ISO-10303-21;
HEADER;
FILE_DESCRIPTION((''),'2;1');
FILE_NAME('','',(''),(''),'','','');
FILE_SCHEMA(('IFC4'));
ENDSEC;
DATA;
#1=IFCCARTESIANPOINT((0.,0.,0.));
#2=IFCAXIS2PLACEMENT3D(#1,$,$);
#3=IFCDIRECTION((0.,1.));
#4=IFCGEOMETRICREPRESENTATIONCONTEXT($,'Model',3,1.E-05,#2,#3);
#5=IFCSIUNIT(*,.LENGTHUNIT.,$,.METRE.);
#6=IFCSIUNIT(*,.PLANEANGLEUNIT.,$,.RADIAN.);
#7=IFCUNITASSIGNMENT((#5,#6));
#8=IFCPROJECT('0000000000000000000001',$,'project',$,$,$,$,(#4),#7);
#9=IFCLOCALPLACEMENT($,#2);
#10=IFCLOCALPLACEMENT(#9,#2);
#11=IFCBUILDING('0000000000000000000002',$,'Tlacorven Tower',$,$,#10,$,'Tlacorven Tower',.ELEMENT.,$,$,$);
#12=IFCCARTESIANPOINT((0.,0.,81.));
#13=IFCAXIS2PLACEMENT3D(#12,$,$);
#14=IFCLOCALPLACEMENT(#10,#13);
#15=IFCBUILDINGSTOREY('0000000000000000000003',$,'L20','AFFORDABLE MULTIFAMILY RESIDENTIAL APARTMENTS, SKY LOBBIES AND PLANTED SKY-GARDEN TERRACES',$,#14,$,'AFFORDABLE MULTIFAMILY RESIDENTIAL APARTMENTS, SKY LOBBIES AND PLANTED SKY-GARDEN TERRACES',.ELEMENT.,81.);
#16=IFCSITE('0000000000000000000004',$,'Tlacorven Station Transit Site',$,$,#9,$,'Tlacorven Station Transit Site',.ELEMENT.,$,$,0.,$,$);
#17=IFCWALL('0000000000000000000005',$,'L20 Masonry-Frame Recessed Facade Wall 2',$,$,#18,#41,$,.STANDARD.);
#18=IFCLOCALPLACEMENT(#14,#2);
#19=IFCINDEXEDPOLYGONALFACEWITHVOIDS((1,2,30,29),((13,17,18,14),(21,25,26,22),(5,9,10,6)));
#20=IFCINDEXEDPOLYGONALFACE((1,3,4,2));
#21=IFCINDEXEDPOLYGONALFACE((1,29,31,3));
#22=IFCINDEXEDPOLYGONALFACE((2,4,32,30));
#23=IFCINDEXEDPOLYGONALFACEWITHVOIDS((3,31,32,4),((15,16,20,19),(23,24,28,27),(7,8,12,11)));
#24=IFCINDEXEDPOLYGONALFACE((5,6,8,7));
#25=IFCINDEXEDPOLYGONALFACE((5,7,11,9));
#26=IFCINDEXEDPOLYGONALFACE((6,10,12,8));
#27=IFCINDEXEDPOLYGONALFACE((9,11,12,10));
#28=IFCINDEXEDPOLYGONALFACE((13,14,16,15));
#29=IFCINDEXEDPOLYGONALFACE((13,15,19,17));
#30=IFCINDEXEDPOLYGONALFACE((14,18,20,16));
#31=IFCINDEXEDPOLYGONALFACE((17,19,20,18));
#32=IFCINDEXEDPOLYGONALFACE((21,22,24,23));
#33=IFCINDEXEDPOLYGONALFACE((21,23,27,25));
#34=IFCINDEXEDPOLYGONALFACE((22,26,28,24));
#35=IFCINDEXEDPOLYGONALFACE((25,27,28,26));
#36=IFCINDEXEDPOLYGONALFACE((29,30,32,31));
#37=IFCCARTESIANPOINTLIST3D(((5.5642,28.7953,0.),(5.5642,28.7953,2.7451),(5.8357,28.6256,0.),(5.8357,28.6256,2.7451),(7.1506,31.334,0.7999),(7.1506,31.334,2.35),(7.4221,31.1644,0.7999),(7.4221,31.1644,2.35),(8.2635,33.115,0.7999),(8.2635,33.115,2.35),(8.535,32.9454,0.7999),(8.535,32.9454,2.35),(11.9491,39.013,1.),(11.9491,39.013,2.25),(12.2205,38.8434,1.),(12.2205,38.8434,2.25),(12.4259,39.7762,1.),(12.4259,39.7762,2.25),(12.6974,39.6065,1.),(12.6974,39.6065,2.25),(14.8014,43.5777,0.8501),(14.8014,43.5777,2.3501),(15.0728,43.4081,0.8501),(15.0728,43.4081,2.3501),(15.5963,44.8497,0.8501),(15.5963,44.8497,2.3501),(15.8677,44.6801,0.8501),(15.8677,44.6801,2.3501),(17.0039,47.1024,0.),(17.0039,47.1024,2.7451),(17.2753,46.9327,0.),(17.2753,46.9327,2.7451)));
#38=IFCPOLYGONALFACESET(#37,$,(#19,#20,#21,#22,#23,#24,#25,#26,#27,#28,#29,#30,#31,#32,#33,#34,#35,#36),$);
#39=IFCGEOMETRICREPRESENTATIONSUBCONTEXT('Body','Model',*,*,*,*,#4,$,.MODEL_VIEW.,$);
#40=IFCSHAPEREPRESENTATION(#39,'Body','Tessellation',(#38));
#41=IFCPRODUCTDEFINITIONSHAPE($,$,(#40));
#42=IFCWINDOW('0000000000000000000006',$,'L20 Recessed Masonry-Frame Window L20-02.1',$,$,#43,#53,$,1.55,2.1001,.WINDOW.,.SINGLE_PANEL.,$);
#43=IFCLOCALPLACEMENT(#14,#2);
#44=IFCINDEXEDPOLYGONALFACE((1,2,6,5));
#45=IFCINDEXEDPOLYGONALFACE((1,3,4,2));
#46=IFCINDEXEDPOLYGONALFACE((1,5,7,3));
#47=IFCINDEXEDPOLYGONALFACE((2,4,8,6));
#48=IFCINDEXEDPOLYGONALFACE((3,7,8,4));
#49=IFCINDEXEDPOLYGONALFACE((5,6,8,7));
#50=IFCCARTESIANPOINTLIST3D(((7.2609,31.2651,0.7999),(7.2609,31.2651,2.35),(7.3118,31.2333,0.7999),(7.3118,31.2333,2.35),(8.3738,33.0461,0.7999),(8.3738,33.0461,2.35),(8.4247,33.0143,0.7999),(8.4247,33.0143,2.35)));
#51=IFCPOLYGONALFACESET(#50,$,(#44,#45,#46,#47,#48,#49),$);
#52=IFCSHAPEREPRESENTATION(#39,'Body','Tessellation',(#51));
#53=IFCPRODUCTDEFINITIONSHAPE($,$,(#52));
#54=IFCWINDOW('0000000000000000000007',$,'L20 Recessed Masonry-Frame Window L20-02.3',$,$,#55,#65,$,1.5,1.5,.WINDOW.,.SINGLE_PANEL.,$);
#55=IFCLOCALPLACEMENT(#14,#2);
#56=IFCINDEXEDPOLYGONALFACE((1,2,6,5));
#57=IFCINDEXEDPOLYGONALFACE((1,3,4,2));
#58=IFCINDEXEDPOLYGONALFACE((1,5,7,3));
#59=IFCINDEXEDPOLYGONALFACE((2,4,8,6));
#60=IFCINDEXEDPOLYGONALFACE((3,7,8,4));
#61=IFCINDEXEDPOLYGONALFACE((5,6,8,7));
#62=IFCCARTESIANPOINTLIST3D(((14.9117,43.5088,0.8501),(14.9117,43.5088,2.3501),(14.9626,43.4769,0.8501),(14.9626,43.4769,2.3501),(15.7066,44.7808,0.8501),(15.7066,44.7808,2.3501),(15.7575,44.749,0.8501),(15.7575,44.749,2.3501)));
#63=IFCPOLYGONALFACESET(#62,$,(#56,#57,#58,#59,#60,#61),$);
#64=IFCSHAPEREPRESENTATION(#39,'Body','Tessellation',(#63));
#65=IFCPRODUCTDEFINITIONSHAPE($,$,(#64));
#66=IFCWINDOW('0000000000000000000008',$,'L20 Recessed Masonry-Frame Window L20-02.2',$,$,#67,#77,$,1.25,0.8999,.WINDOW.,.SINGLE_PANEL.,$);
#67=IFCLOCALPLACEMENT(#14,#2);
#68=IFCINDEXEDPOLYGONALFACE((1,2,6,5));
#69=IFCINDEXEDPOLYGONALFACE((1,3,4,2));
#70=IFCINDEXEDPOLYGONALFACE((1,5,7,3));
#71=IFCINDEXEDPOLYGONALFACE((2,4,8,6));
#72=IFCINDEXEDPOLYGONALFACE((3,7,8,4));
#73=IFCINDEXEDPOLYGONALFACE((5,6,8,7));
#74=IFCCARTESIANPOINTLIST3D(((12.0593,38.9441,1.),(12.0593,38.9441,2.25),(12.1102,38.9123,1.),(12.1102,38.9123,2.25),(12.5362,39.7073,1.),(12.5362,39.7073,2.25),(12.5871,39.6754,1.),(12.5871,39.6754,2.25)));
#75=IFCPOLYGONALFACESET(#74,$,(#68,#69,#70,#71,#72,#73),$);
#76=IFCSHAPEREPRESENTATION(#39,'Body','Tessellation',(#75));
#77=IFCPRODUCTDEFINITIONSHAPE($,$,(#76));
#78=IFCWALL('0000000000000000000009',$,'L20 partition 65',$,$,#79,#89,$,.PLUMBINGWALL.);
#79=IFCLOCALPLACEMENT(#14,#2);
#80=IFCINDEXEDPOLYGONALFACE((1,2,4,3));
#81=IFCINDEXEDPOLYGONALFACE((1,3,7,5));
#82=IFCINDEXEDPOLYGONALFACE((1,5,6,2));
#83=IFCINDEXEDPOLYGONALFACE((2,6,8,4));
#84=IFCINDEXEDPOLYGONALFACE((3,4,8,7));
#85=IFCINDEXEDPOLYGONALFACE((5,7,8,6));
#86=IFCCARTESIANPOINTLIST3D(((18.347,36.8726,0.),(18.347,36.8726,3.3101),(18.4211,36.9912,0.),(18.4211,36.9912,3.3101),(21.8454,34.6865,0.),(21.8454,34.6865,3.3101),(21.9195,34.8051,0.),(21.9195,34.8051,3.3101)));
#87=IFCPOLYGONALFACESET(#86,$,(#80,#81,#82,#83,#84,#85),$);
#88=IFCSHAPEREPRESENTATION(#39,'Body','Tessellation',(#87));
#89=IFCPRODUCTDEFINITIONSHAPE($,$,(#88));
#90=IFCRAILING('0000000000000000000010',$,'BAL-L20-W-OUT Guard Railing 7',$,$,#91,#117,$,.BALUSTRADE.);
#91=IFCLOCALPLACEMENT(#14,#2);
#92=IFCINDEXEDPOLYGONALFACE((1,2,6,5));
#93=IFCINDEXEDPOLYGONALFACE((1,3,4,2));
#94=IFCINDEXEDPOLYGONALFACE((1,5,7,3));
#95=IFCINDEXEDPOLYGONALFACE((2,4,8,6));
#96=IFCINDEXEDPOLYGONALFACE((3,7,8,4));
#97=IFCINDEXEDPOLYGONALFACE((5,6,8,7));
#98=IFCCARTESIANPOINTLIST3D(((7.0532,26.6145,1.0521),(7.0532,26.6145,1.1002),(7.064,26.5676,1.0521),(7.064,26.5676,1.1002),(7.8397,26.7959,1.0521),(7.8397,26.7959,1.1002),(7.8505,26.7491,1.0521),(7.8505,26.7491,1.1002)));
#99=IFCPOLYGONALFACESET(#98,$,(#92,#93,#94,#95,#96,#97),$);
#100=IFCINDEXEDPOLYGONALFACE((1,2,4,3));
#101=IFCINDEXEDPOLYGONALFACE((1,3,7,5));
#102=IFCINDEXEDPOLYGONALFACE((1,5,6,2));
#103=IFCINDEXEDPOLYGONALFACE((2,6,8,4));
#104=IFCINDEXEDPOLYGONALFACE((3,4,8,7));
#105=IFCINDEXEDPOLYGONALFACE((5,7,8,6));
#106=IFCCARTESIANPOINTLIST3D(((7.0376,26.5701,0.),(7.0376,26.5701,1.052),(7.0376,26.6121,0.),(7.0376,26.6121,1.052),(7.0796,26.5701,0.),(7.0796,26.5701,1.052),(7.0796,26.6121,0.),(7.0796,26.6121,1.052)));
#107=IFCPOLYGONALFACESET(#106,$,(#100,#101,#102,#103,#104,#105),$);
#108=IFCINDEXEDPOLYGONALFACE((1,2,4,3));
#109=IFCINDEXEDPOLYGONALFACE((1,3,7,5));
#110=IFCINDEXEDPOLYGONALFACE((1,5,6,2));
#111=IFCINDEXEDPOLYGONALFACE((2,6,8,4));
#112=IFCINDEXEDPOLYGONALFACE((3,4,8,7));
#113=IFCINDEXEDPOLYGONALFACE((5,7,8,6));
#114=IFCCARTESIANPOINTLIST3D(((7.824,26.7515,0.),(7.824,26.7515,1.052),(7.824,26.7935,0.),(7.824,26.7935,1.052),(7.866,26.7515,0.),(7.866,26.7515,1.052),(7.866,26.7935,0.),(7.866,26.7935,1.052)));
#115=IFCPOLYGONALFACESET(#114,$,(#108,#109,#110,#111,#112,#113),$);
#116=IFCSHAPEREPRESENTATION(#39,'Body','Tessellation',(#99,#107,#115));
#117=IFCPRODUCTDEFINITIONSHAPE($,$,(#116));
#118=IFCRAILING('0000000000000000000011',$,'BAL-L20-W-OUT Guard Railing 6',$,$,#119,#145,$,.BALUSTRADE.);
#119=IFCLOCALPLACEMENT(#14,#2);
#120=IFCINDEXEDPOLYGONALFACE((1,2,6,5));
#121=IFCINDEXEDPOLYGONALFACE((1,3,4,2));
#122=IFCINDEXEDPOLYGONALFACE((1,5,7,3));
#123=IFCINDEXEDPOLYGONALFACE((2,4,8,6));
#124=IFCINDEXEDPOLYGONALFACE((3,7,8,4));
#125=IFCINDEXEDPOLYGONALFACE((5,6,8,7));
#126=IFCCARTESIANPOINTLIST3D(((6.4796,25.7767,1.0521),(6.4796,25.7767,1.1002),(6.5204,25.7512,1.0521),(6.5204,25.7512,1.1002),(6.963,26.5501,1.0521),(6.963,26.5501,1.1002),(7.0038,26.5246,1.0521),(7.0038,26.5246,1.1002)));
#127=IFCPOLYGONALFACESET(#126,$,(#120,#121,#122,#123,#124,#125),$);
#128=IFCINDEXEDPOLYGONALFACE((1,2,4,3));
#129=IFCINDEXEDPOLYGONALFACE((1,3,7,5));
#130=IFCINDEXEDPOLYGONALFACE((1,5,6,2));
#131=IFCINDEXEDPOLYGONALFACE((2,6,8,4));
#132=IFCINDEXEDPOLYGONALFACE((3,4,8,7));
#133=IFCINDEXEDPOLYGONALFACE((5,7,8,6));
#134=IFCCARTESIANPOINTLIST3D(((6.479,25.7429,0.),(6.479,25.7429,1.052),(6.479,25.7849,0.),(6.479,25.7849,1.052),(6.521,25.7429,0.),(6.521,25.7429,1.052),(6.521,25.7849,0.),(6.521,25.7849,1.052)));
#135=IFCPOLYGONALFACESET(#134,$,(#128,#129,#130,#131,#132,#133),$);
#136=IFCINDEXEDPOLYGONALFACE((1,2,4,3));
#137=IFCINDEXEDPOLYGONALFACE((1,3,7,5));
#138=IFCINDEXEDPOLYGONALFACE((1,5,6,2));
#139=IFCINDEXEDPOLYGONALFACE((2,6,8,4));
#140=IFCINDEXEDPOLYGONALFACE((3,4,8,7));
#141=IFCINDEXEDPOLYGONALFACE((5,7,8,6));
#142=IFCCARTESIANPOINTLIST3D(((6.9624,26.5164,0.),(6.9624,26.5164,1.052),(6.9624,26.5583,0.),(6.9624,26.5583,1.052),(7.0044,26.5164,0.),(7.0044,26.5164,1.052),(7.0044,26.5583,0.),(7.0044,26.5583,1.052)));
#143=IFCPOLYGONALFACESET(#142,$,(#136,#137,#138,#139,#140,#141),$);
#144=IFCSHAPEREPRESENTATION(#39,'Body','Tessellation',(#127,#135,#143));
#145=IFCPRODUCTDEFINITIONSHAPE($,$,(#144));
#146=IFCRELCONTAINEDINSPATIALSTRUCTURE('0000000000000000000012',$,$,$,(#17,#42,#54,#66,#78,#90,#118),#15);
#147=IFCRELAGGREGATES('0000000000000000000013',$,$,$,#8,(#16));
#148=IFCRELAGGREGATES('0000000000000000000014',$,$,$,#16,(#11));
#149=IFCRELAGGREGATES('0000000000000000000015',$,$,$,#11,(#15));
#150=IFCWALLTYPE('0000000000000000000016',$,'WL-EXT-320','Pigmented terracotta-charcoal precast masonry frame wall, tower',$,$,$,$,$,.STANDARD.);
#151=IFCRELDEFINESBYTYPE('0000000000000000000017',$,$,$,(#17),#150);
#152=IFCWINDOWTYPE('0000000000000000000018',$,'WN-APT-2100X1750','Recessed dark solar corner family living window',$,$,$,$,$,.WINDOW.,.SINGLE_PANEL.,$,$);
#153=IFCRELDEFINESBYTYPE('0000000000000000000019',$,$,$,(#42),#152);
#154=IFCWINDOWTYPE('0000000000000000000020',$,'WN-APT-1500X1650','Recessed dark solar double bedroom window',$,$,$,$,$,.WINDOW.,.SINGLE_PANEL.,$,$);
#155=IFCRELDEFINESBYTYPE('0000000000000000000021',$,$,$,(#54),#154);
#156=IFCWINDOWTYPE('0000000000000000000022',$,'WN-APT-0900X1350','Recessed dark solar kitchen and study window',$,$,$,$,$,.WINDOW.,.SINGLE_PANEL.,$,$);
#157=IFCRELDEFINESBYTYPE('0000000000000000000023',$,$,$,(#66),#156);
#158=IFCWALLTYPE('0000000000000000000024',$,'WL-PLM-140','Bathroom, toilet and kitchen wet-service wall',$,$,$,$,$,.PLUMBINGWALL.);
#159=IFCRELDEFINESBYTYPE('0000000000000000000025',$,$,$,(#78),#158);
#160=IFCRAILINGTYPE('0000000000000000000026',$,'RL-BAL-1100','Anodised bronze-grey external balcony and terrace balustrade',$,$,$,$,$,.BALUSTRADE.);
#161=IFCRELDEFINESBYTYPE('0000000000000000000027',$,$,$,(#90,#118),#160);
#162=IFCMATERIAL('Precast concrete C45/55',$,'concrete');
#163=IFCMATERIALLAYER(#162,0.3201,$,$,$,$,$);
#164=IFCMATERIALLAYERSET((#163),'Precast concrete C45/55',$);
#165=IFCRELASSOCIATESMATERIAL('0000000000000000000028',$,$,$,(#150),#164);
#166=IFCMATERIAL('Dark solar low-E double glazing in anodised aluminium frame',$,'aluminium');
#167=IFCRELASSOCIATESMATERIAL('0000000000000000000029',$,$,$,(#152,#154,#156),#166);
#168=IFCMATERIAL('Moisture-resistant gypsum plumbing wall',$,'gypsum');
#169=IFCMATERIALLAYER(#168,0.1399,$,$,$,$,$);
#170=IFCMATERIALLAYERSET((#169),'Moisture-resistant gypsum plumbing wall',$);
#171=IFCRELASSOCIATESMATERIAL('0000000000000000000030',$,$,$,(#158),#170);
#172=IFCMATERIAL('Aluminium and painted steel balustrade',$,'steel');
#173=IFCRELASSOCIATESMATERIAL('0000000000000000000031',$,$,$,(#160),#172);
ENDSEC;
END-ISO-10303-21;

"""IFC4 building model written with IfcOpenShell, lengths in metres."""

from ifc_helpers import new_model, si_unit, direction, frame, frame_2d, origin, origin_2d, place, context, subcontext, project, spatial, rectangle, extrude, source, transform, mapped, material, layer, layer_set, type_object, element, fill, save


model = new_model("IFC4")

# Units and contexts
model_context = context("Model", 3, precision=1e-05, world=origin(), true_north=direction((0.0, 1.0)))
body_context = subcontext(model_context, "Body", "Model", "MODEL_VIEW")
ifc_project = project(units=[si_unit("LENGTHUNIT", "METRE"), si_unit("PLANEANGLEUNIT", "RADIAN")], contexts=[model_context])

# Site, building, storey
site_placement = place(None, origin())
site = spatial("IfcSite", under=ifc_project, at=site_placement, Name="Tlacorven Station Transit Site", LongName="Tlacorven Station Transit Site", CompositionType="ELEMENT", RefElevation=0.0)
building_placement = place(site_placement, origin())
building = spatial("IfcBuilding", under=site, at=building_placement, Name="Tlacorven Tower", LongName="Tlacorven Tower", CompositionType="ELEMENT")
storey_placement = place(building_placement, frame((0.0, 0.0, 81.0)))
storey = spatial("IfcBuildingStorey", under=building, at=storey_placement, Name="L20", Description="AFFORDABLE MULTIFAMILY RESIDENTIAL APARTMENTS, SKY LOBBIES AND PLANTED SKY-GARDEN TERRACES", LongName="AFFORDABLE MULTIFAMILY RESIDENTIAL APARTMENTS, SKY LOBBIES AND PLANTED SKY-GARDEN TERRACES", CompositionType="ELEMENT", Elevation=81.0)

# Wall, openings, windows
ifc_material_1 = material(Name="Precast concrete C45/55", Category="concrete")
ifc_layer_1 = layer(ifc_material_1, 0.3201)
ifc_layer_set_1 = layer_set([ifc_layer_1], Name="Precast concrete C45/55")
wall_type_1 = type_object("IfcWallType", Name="WL-EXT-320", Description="Pigmented terracotta-charcoal precast masonry frame wall, tower", PredefinedType="STANDARD", material=ifc_layer_set_1)
wall_1_placement = place(storey_placement, frame((5.7, 28.7104, 0.0), z_axis=(0.0, 0.0, 1.0), x_axis=(0.529924, 0.848045, 0.0)))
wall_1 = element("IfcWall", 1, at=wall_1_placement, inside=storey, type_object=wall_type_1, Name="L20 Masonry-Frame Recessed Facade Wall 2", PredefinedType="STANDARD", context=body_context, shape_type="SweptSolid", body=[
    extrude(rectangle(XDim=21.5874, YDim=0.3201, at=frame_2d((10.7937, 0.0))), origin(), (0.0, 0.0, 1.0), 2.7451),
])
opening_1_placement = place(wall_1_placement, frame((2.9937, 0.0, 0.8)))
opening_1 = element("IfcOpeningElement", 2, at=opening_1_placement, cuts=wall_1, PredefinedType="OPENING", context=body_context, shape_type="SweptSolid", body=[
    extrude(rectangle(XDim=2.1001, YDim=1.55, at=frame_2d((1.05, 0.7749))), frame((0.0, 0.1699, 0.0), z_axis=(0.0, -1.0, 0.0), x_axis=(1.0, 0.0, 0.0)), (0.0, 0.0, 1.0), 0.3401),
])
opening_2_placement = place(wall_1_placement, frame((12.0486, 0.0, 1.0)))
opening_2 = element("IfcOpeningElement", 3, at=opening_2_placement, cuts=wall_1, PredefinedType="OPENING", context=body_context, shape_type="SweptSolid", body=[
    extrude(rectangle(XDim=0.8999, YDim=1.25, at=frame_2d((0.45, 0.625))), frame((0.0, 0.1699, 0.0), z_axis=(0.0, -1.0, 0.0), x_axis=(1.0, 0.0, 0.0)), (0.0, 0.0, 1.0), 0.3401),
])
opening_3_placement = place(wall_1_placement, frame((17.4312, 0.0, 0.8501)))
opening_3 = element("IfcOpeningElement", 4, at=opening_3_placement, cuts=wall_1, PredefinedType="OPENING", context=body_context, shape_type="SweptSolid", body=[
    extrude(rectangle(XDim=1.5, YDim=1.5, at=frame_2d((0.75, 0.75))), frame((0.0, 0.1699, 0.0), z_axis=(0.0, -1.0, 0.0), x_axis=(1.0, 0.0, 0.0)), (0.0, 0.0, 1.0), 0.3401),
])
ifc_material_2 = material(Name="Dark solar low-E double glazing in anodised aluminium frame", Category="aluminium")
window_type_1 = type_object("IfcWindowType", Name="WN-APT-2100X1750", Description="Recessed dark solar corner family living window", PartitioningType="SINGLE_PANEL", PredefinedType="WINDOW", material=ifc_material_2)
shared_shape_1 = source(origin(), body_context, "Body", "SweptSolid", [
    extrude(rectangle(XDim=2.1001, YDim=1.55, at=frame_2d((1.05, 0.7749))), frame((0.0, 0.03, 0.0), z_axis=(0.0, -1.0, 0.0), x_axis=(1.0, 0.0, 0.0)), (0.0, 0.0, 1.0), 0.0601),
])
window_1_placement = place(opening_1_placement, origin())
window_1 = element("IfcWindow", 5, at=window_1_placement, inside=storey, type_object=window_type_1, Name="L20 Recessed Masonry-Frame Window L20-02.1", OverallHeight=1.55, OverallWidth=2.1001, PartitioningType="SINGLE_PANEL", PredefinedType="WINDOW", context=body_context, shape_type="MappedRepresentation", body=[
    mapped(shared_shape_1, transform((0.0, 0.0, 0.0), scale=1.0)),
])
fill(opening_1, window_1)
window_type_2 = type_object("IfcWindowType", Name="WN-APT-1500X1650", Description="Recessed dark solar double bedroom window", PartitioningType="SINGLE_PANEL", PredefinedType="WINDOW", material=ifc_material_2)
shared_shape_2 = source(origin(), body_context, "Body", "SweptSolid", [
    extrude(rectangle(XDim=1.5, YDim=1.5, at=frame_2d((0.75, 0.75))), frame((0.0, 0.03, 0.0), z_axis=(0.0, -1.0, 0.0), x_axis=(1.0, 0.0, 0.0)), (0.0, 0.0, 1.0), 0.0601),
])
window_2_placement = place(opening_3_placement, origin())
window_2 = element("IfcWindow", 6, at=window_2_placement, inside=storey, type_object=window_type_2, Name="L20 Recessed Masonry-Frame Window L20-02.3", OverallHeight=1.5, OverallWidth=1.5, PartitioningType="SINGLE_PANEL", PredefinedType="WINDOW", context=body_context, shape_type="MappedRepresentation", body=[
    mapped(shared_shape_2, transform((0.0, 0.0, 0.0), scale=1.0)),
])
fill(opening_3, window_2)
window_type_3 = type_object("IfcWindowType", Name="WN-APT-0900X1350", Description="Recessed dark solar kitchen and study window", PartitioningType="SINGLE_PANEL", PredefinedType="WINDOW", material=ifc_material_2)
shared_shape_3 = source(origin(), body_context, "Body", "SweptSolid", [
    extrude(rectangle(XDim=0.8999, YDim=1.25, at=frame_2d((0.45, 0.625))), frame((0.0, 0.03, 0.0), z_axis=(0.0, -1.0, 0.0), x_axis=(1.0, 0.0, 0.0)), (0.0, 0.0, 1.0), 0.0601),
])
window_3_placement = place(opening_2_placement, origin())
window_3 = element("IfcWindow", 7, at=window_3_placement, inside=storey, type_object=window_type_3, Name="L20 Recessed Masonry-Frame Window L20-02.2", OverallHeight=1.25, OverallWidth=0.8999, PartitioningType="SINGLE_PANEL", PredefinedType="WINDOW", context=body_context, shape_type="MappedRepresentation", body=[
    mapped(shared_shape_3, transform((0.0, 0.0, 0.0), scale=1.0)),
])
fill(opening_2, window_3)

# Wall
ifc_material_3 = material(Name="Moisture-resistant gypsum plumbing wall", Category="gypsum")
ifc_layer_2 = layer(ifc_material_3, 0.1399)
ifc_layer_set_2 = layer_set([ifc_layer_2], Name="Moisture-resistant gypsum plumbing wall")
wall_type_2 = type_object("IfcWallType", Name="WL-PLM-140", Description="Bathroom, toilet and kitchen wet-service wall", PredefinedType="PLUMBINGWALL", material=ifc_layer_set_2)
wall_2_placement = place(storey_placement, frame((21.8823, 34.7458, 0.0), z_axis=(0.0, 0.0, 1.0), x_axis=(-0.848042, 0.52993, 0.0)))
element("IfcWall", 8, at=wall_2_placement, inside=storey, type_object=wall_type_2, Name="L20 partition 65", PredefinedType="PLUMBINGWALL", context=body_context, shape_type="SweptSolid", body=[
    extrude(rectangle(XDim=4.1252, YDim=0.1399, at=frame_2d((2.0625, 0.0))), origin(), (0.0, 0.0, 1.0), 3.3101),
])

# Railings
ifc_material_4 = material(Name="Aluminium and painted steel balustrade", Category="steel")
railing_type = type_object("IfcRailingType", Name="RL-BAL-1100", Description="Anodised bronze-grey external balcony and terrace balustrade", PredefinedType="BALUSTRADE", material=ifc_material_4)
shared_shape_4 = source(origin(), body_context, "Body", "SweptSolid", [
    extrude(rectangle(XDim=0.0481, YDim=0.0481, at=origin_2d()), frame((0.0, 0.0, 1.0762), z_axis=(0.974412, 0.224771, 0.0), x_axis=(-0.224771, 0.974412, 0.0)), (0.0, 0.0, 1.0), 0.8071),
    extrude(rectangle(XDim=0.042, YDim=0.042, at=origin_2d()), origin(), (0.0, 0.0, 1.0), 1.052),
    extrude(rectangle(XDim=0.042, YDim=0.042, at=origin_2d()), frame((0.7864, 0.1814, 0.0)), (0.0, 0.0, 1.0), 1.052),
])
railing_1_placement = place(storey_placement, frame((7.0586, 26.5911, 0.0)))
element("IfcRailing", 9, at=railing_1_placement, inside=storey, type_object=railing_type, Name="BAL-L20-W-OUT Guard Railing 7", PredefinedType="BALUSTRADE", context=body_context, shape_type="MappedRepresentation", body=[
    mapped(shared_shape_4, transform((0.0, 0.0, 0.0), scale=1.0)),
])
shared_shape_5 = source(origin(), body_context, "Body", "SweptSolid", [
    extrude(rectangle(XDim=0.0481, YDim=0.0481, at=origin_2d()), frame((0.0, 0.0, 1.0762), z_axis=(0.529999, 0.847998, 0.0), x_axis=(-0.847998, 0.529999, 0.0)), (0.0, 0.0, 1.0), 0.9121),
    extrude(rectangle(XDim=0.042, YDim=0.042, at=origin_2d()), origin(), (0.0, 0.0, 1.0), 1.052),
    extrude(rectangle(XDim=0.042, YDim=0.042, at=origin_2d()), frame((0.4834, 0.7734, 0.0)), (0.0, 0.0, 1.0), 1.052),
])
railing_2_placement = place(storey_placement, frame((6.5, 25.7639, 0.0)))
element("IfcRailing", 10, at=railing_2_placement, inside=storey, type_object=railing_type, Name="BAL-L20-W-OUT Guard Railing 6", PredefinedType="BALUSTRADE", context=body_context, shape_type="MappedRepresentation", body=[
    mapped(shared_shape_5, transform((0.0, 0.0, 0.0), scale=1.0)),
])

save(model, "model.ifc")
